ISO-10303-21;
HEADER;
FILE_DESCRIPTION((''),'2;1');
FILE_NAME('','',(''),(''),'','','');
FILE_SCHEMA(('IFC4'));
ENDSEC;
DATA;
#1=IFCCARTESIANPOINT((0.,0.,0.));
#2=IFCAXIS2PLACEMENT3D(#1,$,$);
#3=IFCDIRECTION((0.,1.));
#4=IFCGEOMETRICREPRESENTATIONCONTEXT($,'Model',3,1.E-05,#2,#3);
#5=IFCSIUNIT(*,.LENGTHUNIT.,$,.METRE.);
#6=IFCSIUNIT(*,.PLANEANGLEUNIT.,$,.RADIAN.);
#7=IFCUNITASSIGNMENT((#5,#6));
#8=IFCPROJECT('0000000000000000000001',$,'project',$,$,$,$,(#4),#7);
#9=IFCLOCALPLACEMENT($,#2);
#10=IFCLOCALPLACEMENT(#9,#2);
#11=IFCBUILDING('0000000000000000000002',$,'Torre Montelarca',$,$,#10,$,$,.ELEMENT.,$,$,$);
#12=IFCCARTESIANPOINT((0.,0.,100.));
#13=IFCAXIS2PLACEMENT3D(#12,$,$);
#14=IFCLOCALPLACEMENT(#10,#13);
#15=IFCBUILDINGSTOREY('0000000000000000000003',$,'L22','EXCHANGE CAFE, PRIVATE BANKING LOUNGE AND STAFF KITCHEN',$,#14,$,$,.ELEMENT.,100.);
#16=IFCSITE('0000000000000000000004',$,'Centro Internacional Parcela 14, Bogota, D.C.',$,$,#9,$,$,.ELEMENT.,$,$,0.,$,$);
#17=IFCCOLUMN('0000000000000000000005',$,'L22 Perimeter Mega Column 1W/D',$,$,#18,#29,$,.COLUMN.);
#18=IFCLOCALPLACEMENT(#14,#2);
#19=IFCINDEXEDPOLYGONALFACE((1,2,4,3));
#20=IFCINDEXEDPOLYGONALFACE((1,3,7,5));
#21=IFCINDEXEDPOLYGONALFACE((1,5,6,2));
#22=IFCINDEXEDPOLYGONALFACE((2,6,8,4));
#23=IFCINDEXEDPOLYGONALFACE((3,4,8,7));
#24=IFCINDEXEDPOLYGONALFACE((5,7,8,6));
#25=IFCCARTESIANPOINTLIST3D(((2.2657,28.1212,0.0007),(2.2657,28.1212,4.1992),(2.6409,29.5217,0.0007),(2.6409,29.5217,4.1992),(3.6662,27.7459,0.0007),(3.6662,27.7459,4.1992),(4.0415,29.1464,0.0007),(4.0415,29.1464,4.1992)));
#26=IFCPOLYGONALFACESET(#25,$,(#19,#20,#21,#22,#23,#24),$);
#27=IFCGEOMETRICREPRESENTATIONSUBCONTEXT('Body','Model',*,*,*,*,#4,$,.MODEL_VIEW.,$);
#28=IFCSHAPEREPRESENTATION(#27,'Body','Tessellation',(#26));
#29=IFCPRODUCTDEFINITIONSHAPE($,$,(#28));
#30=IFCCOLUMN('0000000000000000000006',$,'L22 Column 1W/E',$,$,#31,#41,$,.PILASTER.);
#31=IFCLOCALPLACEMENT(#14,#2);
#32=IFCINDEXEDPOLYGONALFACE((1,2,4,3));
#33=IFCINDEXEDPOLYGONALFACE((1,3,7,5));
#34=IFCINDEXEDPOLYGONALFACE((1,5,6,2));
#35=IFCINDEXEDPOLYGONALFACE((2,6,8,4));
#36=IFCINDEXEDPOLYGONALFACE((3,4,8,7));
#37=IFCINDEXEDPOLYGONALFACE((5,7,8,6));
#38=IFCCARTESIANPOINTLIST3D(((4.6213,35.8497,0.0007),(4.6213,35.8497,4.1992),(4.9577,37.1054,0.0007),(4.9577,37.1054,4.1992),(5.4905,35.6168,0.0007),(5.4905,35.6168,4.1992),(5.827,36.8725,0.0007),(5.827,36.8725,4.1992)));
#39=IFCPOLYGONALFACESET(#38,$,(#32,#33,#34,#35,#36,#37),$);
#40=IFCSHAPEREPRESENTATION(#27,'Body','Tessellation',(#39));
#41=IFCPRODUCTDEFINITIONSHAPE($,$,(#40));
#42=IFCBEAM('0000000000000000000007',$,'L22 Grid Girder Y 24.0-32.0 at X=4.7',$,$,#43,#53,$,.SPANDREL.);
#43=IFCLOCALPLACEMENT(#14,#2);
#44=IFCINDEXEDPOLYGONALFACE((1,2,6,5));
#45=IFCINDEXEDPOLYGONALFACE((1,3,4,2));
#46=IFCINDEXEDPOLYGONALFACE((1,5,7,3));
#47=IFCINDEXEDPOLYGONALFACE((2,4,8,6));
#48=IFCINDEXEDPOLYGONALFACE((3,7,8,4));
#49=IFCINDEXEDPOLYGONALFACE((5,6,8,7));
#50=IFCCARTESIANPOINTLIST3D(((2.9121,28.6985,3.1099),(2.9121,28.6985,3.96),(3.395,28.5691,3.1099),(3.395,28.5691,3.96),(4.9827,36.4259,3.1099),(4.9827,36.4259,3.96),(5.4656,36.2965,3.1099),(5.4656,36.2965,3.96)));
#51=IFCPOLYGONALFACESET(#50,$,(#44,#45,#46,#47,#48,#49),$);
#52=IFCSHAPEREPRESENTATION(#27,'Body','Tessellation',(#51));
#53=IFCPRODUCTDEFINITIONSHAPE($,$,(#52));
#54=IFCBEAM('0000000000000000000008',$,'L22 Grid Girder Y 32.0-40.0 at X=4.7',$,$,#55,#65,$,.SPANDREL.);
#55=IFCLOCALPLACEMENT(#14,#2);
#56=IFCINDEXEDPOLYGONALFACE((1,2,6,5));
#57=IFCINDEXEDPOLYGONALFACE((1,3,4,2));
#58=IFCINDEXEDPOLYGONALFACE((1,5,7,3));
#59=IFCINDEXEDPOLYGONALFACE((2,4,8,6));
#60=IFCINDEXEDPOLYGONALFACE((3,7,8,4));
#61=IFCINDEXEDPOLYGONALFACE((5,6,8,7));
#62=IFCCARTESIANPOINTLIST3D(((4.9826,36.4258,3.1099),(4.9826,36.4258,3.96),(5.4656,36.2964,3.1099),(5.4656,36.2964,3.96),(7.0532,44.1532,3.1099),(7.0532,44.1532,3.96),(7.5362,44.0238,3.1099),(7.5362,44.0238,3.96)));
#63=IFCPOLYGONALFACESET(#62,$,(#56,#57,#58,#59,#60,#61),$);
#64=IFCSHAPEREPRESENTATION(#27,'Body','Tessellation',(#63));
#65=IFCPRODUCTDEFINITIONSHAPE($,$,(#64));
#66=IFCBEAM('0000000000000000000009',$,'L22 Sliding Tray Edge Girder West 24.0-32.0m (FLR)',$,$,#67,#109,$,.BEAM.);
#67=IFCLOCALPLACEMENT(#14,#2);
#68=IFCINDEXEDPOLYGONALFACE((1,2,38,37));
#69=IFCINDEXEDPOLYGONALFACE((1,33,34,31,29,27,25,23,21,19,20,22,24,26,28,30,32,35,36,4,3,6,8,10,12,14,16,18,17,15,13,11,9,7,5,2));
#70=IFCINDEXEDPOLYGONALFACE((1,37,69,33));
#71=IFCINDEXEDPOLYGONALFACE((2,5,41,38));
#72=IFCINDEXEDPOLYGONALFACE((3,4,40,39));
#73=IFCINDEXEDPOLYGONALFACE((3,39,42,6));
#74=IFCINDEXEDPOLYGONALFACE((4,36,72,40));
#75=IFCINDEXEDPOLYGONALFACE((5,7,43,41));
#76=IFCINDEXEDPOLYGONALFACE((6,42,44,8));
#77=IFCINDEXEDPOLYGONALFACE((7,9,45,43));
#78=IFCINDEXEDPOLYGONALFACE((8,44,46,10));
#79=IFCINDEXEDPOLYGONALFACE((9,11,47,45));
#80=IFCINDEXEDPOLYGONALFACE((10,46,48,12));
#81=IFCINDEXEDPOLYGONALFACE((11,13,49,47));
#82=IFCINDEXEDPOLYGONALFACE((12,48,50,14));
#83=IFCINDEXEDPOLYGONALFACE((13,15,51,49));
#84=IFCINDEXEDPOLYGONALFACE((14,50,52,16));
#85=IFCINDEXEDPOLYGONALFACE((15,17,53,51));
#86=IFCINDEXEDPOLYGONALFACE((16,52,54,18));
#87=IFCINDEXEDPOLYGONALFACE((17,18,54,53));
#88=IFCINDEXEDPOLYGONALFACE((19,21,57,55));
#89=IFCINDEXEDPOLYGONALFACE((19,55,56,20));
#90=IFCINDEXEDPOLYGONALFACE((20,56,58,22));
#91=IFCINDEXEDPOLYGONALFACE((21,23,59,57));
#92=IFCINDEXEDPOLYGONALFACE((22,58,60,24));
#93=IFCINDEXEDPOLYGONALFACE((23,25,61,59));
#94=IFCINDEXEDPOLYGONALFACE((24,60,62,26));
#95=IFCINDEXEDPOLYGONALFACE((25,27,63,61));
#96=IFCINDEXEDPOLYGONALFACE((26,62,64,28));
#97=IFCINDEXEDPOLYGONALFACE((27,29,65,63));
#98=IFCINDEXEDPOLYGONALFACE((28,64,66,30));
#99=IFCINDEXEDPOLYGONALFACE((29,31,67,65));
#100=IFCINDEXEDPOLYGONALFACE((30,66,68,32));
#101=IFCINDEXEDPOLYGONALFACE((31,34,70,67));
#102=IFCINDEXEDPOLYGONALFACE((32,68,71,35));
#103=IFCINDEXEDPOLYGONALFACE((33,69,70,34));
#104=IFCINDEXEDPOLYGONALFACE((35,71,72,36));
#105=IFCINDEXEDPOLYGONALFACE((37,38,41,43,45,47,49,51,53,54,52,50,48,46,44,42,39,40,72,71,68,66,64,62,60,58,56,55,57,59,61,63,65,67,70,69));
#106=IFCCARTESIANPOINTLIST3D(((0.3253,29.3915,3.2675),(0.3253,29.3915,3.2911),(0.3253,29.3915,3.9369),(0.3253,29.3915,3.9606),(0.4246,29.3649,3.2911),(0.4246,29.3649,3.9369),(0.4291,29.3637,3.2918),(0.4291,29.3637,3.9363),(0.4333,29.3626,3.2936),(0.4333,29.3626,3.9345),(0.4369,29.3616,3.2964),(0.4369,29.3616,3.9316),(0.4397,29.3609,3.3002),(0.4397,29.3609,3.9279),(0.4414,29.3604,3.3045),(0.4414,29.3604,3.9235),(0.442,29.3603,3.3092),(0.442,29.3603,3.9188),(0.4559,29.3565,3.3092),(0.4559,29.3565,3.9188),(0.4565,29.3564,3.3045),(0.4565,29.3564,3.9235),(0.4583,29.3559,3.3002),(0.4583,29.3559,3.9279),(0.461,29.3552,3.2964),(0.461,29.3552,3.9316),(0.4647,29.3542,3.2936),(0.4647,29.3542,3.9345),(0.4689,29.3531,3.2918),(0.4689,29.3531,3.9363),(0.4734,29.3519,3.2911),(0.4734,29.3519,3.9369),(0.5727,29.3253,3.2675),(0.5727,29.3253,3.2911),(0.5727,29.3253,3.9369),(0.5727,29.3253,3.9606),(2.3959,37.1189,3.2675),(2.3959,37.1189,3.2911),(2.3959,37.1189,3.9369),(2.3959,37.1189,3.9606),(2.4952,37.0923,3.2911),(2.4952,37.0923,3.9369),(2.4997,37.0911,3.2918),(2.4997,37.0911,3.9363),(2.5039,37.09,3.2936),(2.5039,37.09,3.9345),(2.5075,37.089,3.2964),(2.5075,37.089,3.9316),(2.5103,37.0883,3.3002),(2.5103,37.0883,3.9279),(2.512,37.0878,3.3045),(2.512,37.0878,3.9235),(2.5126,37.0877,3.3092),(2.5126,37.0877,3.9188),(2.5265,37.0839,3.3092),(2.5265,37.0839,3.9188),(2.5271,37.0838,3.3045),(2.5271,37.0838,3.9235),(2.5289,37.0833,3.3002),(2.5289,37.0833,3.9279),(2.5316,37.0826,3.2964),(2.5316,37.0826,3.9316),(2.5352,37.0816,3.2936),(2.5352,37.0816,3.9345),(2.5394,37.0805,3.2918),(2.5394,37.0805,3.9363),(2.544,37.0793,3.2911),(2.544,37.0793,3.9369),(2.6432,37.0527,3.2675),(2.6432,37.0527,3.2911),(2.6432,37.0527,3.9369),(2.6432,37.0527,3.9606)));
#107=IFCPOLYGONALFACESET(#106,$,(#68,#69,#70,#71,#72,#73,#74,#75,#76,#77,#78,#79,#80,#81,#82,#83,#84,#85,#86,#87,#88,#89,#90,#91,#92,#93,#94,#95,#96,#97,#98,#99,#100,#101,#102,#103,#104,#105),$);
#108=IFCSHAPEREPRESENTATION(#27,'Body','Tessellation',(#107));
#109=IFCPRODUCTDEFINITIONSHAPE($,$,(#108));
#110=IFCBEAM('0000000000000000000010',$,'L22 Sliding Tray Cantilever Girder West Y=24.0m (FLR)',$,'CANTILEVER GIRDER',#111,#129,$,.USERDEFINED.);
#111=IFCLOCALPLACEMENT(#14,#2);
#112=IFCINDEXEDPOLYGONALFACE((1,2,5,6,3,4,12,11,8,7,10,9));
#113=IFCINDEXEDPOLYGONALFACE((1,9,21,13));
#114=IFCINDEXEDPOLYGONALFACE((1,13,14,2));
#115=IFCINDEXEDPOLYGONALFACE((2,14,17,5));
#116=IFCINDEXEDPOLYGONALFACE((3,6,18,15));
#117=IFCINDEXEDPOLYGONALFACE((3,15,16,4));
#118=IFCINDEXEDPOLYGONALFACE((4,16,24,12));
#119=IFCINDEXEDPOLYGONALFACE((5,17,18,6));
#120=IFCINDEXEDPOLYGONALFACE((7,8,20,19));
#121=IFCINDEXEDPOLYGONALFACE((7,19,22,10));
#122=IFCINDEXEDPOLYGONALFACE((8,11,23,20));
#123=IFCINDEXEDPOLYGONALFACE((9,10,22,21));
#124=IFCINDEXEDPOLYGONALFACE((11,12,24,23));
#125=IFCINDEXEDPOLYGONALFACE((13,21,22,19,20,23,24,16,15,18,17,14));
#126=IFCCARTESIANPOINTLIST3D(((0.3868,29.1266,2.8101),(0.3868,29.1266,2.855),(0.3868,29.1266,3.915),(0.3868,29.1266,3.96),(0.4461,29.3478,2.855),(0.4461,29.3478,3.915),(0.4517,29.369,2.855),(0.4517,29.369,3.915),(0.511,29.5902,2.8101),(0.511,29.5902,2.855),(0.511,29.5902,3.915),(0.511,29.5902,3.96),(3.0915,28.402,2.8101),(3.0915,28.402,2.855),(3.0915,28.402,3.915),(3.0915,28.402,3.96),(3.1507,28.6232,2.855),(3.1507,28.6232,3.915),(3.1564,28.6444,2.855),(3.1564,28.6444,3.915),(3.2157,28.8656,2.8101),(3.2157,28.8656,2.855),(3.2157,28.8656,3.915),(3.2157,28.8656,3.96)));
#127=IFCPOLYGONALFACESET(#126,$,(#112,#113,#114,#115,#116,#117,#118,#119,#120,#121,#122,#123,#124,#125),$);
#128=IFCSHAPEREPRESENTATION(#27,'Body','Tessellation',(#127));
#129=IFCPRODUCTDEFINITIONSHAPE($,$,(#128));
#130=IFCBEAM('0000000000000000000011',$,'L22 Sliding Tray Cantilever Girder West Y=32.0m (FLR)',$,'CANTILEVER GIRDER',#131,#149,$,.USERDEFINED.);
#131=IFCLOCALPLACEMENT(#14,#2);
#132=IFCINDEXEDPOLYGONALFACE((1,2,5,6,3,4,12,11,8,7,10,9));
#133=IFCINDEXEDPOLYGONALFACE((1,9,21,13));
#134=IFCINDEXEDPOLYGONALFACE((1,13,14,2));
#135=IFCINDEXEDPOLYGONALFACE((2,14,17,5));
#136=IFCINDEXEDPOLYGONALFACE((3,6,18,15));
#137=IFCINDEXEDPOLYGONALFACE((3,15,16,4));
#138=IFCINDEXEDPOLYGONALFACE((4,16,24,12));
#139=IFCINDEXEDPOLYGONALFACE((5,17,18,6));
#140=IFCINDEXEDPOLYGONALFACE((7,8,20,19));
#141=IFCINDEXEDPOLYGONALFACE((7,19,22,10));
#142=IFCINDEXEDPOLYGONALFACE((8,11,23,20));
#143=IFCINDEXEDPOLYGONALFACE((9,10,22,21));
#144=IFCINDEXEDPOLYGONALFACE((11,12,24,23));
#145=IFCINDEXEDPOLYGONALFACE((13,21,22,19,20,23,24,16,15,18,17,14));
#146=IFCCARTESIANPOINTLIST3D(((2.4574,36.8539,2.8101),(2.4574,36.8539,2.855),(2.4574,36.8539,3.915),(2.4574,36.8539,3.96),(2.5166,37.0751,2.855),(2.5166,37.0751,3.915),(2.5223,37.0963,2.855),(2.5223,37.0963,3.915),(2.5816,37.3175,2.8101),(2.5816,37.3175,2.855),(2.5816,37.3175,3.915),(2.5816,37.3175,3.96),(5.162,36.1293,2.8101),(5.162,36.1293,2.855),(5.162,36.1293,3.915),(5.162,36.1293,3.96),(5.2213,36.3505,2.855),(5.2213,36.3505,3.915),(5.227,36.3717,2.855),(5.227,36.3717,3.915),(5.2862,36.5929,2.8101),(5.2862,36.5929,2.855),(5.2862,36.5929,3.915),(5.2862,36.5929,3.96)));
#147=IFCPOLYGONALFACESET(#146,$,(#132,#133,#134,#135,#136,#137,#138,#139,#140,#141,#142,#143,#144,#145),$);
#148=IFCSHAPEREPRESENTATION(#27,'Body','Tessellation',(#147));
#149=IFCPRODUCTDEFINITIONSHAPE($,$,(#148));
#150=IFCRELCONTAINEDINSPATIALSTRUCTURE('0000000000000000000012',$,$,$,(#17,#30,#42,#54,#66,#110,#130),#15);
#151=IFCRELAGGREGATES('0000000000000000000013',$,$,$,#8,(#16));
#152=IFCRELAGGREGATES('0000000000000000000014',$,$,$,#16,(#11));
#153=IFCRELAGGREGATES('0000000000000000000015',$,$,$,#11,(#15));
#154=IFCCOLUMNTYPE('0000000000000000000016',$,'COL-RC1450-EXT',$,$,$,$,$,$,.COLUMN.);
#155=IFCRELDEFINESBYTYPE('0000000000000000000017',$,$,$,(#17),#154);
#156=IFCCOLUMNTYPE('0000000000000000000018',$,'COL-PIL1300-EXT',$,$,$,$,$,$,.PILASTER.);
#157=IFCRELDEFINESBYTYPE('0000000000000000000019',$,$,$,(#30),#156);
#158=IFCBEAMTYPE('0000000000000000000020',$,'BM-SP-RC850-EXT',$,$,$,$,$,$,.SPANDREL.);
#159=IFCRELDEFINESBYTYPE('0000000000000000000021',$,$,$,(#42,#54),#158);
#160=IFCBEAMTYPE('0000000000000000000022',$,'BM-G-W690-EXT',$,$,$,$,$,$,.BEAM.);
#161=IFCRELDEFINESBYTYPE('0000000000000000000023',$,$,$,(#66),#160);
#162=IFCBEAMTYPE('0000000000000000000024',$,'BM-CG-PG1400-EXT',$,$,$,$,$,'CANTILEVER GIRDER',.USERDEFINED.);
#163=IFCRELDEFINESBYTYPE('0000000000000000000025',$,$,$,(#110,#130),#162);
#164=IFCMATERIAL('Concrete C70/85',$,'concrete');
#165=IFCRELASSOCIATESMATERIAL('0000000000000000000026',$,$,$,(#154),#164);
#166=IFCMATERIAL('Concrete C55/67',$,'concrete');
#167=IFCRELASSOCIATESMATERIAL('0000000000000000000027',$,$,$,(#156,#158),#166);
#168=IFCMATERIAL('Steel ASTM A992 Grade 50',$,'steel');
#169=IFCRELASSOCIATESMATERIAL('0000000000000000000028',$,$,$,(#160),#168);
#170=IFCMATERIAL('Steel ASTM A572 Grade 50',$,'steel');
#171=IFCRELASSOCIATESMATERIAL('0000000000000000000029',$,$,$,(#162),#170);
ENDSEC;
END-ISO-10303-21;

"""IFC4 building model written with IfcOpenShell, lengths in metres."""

from ifc_helpers import new_model, si_unit, direction, frame, origin, origin_2d, place, context, subcontext, project, spatial, rectangle, i_section, extrude, source, transform, mapped, material, material_profile, profile_set, type_object, element, save


model = new_model("IFC4")

# Units and contexts
model_context = context("Model", 3, precision=1e-05, world=origin(), true_north=direction((0.0, 1.0)))
body_context = subcontext(model_context, "Body", "Model", "MODEL_VIEW")
ifc_project = project(units=[si_unit("LENGTHUNIT", "METRE"), si_unit("PLANEANGLEUNIT", "RADIAN")], contexts=[model_context])

# Site, building, storey
site_placement = place(None, origin())
site = spatial("IfcSite", under=ifc_project, at=site_placement, Name="Centro Internacional Parcela 14, Bogota, D.C.", CompositionType="ELEMENT", RefElevation=0.0)
building_placement = place(site_placement, origin())
building = spatial("IfcBuilding", under=site, at=building_placement, Name="Torre Montelarca", CompositionType="ELEMENT")
storey_placement = place(building_placement, frame((0.0, 0.0, 100.0)))
storey = spatial("IfcBuildingStorey", under=building, at=storey_placement, Name="L22", Description="EXCHANGE CAFE, PRIVATE BANKING LOUNGE AND STAFF KITCHEN", CompositionType="ELEMENT", Elevation=100.0)

# Columns
ifc_material_1 = material(Name="Concrete C70/85", Category="concrete")
ifc_material_profile_1 = material_profile(ifc_material_1, rectangle(XDim=1.45, YDim=1.45, at=origin_2d()), Name="RC1450X1450", Category="concrete")
ifc_profile_set_1 = profile_set([ifc_material_profile_1], Name="Concrete C70/85")
column_type_1 = type_object("IfcColumnType", Name="COL-RC1450-EXT", PredefinedType="COLUMN", material=ifc_profile_set_1)
shared_shape_1 = source(origin(), body_context, "Body", "SweptSolid", [
    extrude(rectangle(XDim=1.45, YDim=1.45, at=origin_2d()), origin(), (0.0, 0.0, 1.0), 4.1985),
])
column_1_placement = place(storey_placement, frame((3.1536, 28.6338, 0.0007), z_axis=(0.0, 0.0, 1.0), x_axis=(-0.965926, 0.258819, 0.0)))
element("IfcColumn", 1, at=column_1_placement, inside=storey, type_object=column_type_1, Name="L22 Perimeter Mega Column 1W/D", PredefinedType="COLUMN", context=body_context, shape_type="MappedRepresentation", body=[
    mapped(shared_shape_1, transform((0.0, 0.0, 0.0), scale=1.0)),
])
ifc_material_2 = material(Name="Concrete C55/67", Category="concrete")
ifc_material_profile_2 = material_profile(ifc_material_2, rectangle(XDim=0.8999, YDim=1.3, at=origin_2d()), Name="RC1300X900", Category="concrete")
ifc_profile_set_2 = profile_set([ifc_material_profile_2], Name="Concrete C55/67")
column_type_2 = type_object("IfcColumnType", Name="COL-PIL1300-EXT", PredefinedType="PILASTER", material=ifc_profile_set_2)
shared_shape_2 = source(origin(), body_context, "Body", "SweptSolid", [
    extrude(rectangle(XDim=0.8999, YDim=1.3, at=origin_2d()), origin(), (0.0, 0.0, 1.0), 4.1985),
])
column_2_placement = place(storey_placement, frame((5.2241, 36.3611, 0.0007), z_axis=(0.0, 0.0, 1.0), x_axis=(-0.965926, 0.258819, 0.0)))
element("IfcColumn", 2, at=column_2_placement, inside=storey, type_object=column_type_2, Name="L22 Column 1W/E", PredefinedType="PILASTER", context=body_context, shape_type="MappedRepresentation", body=[
    mapped(shared_shape_2, transform((0.0, 0.0, 0.0), scale=1.0)),
])

# Beams
ifc_material_profile_3 = material_profile(ifc_material_2, rectangle(XDim=0.5, YDim=0.8501, at=origin_2d()), Name="RCB500X850", Category="concrete")
ifc_profile_set_3 = profile_set([ifc_material_profile_3], Name="Concrete C55/67")
beam_type_1 = type_object("IfcBeamType", Name="BM-SP-RC850-EXT", PredefinedType="SPANDREL", material=ifc_profile_set_3)
shared_shape_3 = source(origin(), body_context, "Body", "SweptSolid", [
    extrude(rectangle(XDim=0.5, YDim=0.8501, at=origin_2d()), origin(), (0.0, 0.0, 1.0), 8.0),
])
for number, where, z_axis, x_axis, name in (
    (3, (3.1536, 28.6338, 3.5349), (0.258823, 0.965925, 0.0), (-0.965925, 0.258823, 0.0), "L22 Grid Girder Y 24.0-32.0 at X=4.7"),
    (4, (5.2241, 36.3611, 3.5349), (0.258823, 0.965925, 0.0), (-0.965925, 0.258823, 0.0), "L22 Grid Girder Y 32.0-40.0 at X=4.7"),
):
    element("IfcBeam", number, at=place(storey_placement, frame(where, z_axis=z_axis, x_axis=x_axis)), inside=storey, type_object=beam_type_1, Name=name, PredefinedType="SPANDREL", context=body_context, shape_type="MappedRepresentation", body=[
        mapped(shared_shape_3, transform((0.0, 0.0, 0.0), scale=1.0)),
    ])
ifc_material_3 = material(Name="Steel ASTM A992 Grade 50", Category="steel")
ifc_material_profile_4 = material_profile(ifc_material_3, i_section(OverallWidth=0.2561, OverallDepth=0.6931, WebThickness=0.0144, FlangeThickness=0.0237, FilletRadius=0.0181, at=origin_2d()), Name="W690X170", Category="steel")
ifc_profile_set_4 = profile_set([ifc_material_profile_4], Name="Steel ASTM A992 Grade 50")
beam_type_2 = type_object("IfcBeamType", Name="BM-G-W690-EXT", PredefinedType="BEAM", material=ifc_profile_set_4)
shared_shape_4 = source(origin(), body_context, "Body", "SweptSolid", [
    extrude(i_section(OverallWidth=0.2561, OverallDepth=0.6931, WebThickness=0.0144, FlangeThickness=0.0237, FilletRadius=0.0181, at=origin_2d()), origin(), (0.0, 0.0, 1.0), 8.0),
])
beam_1_placement = place(storey_placement, frame((0.449, 29.3584, 3.614), z_axis=(0.258823, 0.965925, 0.0), x_axis=(-0.965925, 0.258823, 0.0)))
element("IfcBeam", 5, at=beam_1_placement, inside=storey, type_object=beam_type_2, Name="L22 Sliding Tray Edge Girder West 24.0-32.0m (FLR)", PredefinedType="BEAM", context=body_context, shape_type="MappedRepresentation", body=[
    mapped(shared_shape_4, transform((0.0, 0.0, 0.0), scale=1.0)),
])
ifc_material_4 = material(Name="Steel ASTM A572 Grade 50", Category="steel")
ifc_material_profile_5 = material_profile(ifc_material_4, i_section(OverallWidth=0.48, OverallDepth=1.1499, WebThickness=0.022, FlangeThickness=0.0449, at=origin_2d()), Name="PG1150X480X22X45", Category="steel")
ifc_profile_set_5 = profile_set([ifc_material_profile_5], Name="Steel ASTM A572 Grade 50")
beam_type_3 = type_object("IfcBeamType", Name="BM-CG-PG1400-EXT", ElementType="CANTILEVER GIRDER", PredefinedType="USERDEFINED", material=ifc_profile_set_5)
shared_shape_5 = source(origin(), body_context, "Body", "SweptSolid", [
    extrude(i_section(OverallWidth=0.48, OverallDepth=1.1499, WebThickness=0.022, FlangeThickness=0.0449, at=origin_2d()), origin(), (0.0, 0.0, 1.0), 2.8),
])
for number, where, z_axis, x_axis, name in (
    (6, (3.1536, 28.6338, 3.385), (-0.965933, 0.258791, 0.0), (-0.258791, -0.965933, 0.0), "L22 Sliding Tray Cantilever Girder West Y=24.0m (FLR)"),
    (7, (5.2241, 36.3611, 3.385), (-0.965933, 0.258791, 0.0), (-0.258791, -0.965933, 0.0), "L22 Sliding Tray Cantilever Girder West Y=32.0m (FLR)"),
):
    element("IfcBeam", number, at=place(storey_placement, frame(where, z_axis=z_axis, x_axis=x_axis)), inside=storey, type_object=beam_type_3, Name=name, ObjectType="CANTILEVER GIRDER", PredefinedType="USERDEFINED", context=body_context, shape_type="MappedRepresentation", body=[
        mapped(shared_shape_5, transform((0.0, 0.0, 0.0), scale=1.0)),
    ])

save(model, "model.ifc")
